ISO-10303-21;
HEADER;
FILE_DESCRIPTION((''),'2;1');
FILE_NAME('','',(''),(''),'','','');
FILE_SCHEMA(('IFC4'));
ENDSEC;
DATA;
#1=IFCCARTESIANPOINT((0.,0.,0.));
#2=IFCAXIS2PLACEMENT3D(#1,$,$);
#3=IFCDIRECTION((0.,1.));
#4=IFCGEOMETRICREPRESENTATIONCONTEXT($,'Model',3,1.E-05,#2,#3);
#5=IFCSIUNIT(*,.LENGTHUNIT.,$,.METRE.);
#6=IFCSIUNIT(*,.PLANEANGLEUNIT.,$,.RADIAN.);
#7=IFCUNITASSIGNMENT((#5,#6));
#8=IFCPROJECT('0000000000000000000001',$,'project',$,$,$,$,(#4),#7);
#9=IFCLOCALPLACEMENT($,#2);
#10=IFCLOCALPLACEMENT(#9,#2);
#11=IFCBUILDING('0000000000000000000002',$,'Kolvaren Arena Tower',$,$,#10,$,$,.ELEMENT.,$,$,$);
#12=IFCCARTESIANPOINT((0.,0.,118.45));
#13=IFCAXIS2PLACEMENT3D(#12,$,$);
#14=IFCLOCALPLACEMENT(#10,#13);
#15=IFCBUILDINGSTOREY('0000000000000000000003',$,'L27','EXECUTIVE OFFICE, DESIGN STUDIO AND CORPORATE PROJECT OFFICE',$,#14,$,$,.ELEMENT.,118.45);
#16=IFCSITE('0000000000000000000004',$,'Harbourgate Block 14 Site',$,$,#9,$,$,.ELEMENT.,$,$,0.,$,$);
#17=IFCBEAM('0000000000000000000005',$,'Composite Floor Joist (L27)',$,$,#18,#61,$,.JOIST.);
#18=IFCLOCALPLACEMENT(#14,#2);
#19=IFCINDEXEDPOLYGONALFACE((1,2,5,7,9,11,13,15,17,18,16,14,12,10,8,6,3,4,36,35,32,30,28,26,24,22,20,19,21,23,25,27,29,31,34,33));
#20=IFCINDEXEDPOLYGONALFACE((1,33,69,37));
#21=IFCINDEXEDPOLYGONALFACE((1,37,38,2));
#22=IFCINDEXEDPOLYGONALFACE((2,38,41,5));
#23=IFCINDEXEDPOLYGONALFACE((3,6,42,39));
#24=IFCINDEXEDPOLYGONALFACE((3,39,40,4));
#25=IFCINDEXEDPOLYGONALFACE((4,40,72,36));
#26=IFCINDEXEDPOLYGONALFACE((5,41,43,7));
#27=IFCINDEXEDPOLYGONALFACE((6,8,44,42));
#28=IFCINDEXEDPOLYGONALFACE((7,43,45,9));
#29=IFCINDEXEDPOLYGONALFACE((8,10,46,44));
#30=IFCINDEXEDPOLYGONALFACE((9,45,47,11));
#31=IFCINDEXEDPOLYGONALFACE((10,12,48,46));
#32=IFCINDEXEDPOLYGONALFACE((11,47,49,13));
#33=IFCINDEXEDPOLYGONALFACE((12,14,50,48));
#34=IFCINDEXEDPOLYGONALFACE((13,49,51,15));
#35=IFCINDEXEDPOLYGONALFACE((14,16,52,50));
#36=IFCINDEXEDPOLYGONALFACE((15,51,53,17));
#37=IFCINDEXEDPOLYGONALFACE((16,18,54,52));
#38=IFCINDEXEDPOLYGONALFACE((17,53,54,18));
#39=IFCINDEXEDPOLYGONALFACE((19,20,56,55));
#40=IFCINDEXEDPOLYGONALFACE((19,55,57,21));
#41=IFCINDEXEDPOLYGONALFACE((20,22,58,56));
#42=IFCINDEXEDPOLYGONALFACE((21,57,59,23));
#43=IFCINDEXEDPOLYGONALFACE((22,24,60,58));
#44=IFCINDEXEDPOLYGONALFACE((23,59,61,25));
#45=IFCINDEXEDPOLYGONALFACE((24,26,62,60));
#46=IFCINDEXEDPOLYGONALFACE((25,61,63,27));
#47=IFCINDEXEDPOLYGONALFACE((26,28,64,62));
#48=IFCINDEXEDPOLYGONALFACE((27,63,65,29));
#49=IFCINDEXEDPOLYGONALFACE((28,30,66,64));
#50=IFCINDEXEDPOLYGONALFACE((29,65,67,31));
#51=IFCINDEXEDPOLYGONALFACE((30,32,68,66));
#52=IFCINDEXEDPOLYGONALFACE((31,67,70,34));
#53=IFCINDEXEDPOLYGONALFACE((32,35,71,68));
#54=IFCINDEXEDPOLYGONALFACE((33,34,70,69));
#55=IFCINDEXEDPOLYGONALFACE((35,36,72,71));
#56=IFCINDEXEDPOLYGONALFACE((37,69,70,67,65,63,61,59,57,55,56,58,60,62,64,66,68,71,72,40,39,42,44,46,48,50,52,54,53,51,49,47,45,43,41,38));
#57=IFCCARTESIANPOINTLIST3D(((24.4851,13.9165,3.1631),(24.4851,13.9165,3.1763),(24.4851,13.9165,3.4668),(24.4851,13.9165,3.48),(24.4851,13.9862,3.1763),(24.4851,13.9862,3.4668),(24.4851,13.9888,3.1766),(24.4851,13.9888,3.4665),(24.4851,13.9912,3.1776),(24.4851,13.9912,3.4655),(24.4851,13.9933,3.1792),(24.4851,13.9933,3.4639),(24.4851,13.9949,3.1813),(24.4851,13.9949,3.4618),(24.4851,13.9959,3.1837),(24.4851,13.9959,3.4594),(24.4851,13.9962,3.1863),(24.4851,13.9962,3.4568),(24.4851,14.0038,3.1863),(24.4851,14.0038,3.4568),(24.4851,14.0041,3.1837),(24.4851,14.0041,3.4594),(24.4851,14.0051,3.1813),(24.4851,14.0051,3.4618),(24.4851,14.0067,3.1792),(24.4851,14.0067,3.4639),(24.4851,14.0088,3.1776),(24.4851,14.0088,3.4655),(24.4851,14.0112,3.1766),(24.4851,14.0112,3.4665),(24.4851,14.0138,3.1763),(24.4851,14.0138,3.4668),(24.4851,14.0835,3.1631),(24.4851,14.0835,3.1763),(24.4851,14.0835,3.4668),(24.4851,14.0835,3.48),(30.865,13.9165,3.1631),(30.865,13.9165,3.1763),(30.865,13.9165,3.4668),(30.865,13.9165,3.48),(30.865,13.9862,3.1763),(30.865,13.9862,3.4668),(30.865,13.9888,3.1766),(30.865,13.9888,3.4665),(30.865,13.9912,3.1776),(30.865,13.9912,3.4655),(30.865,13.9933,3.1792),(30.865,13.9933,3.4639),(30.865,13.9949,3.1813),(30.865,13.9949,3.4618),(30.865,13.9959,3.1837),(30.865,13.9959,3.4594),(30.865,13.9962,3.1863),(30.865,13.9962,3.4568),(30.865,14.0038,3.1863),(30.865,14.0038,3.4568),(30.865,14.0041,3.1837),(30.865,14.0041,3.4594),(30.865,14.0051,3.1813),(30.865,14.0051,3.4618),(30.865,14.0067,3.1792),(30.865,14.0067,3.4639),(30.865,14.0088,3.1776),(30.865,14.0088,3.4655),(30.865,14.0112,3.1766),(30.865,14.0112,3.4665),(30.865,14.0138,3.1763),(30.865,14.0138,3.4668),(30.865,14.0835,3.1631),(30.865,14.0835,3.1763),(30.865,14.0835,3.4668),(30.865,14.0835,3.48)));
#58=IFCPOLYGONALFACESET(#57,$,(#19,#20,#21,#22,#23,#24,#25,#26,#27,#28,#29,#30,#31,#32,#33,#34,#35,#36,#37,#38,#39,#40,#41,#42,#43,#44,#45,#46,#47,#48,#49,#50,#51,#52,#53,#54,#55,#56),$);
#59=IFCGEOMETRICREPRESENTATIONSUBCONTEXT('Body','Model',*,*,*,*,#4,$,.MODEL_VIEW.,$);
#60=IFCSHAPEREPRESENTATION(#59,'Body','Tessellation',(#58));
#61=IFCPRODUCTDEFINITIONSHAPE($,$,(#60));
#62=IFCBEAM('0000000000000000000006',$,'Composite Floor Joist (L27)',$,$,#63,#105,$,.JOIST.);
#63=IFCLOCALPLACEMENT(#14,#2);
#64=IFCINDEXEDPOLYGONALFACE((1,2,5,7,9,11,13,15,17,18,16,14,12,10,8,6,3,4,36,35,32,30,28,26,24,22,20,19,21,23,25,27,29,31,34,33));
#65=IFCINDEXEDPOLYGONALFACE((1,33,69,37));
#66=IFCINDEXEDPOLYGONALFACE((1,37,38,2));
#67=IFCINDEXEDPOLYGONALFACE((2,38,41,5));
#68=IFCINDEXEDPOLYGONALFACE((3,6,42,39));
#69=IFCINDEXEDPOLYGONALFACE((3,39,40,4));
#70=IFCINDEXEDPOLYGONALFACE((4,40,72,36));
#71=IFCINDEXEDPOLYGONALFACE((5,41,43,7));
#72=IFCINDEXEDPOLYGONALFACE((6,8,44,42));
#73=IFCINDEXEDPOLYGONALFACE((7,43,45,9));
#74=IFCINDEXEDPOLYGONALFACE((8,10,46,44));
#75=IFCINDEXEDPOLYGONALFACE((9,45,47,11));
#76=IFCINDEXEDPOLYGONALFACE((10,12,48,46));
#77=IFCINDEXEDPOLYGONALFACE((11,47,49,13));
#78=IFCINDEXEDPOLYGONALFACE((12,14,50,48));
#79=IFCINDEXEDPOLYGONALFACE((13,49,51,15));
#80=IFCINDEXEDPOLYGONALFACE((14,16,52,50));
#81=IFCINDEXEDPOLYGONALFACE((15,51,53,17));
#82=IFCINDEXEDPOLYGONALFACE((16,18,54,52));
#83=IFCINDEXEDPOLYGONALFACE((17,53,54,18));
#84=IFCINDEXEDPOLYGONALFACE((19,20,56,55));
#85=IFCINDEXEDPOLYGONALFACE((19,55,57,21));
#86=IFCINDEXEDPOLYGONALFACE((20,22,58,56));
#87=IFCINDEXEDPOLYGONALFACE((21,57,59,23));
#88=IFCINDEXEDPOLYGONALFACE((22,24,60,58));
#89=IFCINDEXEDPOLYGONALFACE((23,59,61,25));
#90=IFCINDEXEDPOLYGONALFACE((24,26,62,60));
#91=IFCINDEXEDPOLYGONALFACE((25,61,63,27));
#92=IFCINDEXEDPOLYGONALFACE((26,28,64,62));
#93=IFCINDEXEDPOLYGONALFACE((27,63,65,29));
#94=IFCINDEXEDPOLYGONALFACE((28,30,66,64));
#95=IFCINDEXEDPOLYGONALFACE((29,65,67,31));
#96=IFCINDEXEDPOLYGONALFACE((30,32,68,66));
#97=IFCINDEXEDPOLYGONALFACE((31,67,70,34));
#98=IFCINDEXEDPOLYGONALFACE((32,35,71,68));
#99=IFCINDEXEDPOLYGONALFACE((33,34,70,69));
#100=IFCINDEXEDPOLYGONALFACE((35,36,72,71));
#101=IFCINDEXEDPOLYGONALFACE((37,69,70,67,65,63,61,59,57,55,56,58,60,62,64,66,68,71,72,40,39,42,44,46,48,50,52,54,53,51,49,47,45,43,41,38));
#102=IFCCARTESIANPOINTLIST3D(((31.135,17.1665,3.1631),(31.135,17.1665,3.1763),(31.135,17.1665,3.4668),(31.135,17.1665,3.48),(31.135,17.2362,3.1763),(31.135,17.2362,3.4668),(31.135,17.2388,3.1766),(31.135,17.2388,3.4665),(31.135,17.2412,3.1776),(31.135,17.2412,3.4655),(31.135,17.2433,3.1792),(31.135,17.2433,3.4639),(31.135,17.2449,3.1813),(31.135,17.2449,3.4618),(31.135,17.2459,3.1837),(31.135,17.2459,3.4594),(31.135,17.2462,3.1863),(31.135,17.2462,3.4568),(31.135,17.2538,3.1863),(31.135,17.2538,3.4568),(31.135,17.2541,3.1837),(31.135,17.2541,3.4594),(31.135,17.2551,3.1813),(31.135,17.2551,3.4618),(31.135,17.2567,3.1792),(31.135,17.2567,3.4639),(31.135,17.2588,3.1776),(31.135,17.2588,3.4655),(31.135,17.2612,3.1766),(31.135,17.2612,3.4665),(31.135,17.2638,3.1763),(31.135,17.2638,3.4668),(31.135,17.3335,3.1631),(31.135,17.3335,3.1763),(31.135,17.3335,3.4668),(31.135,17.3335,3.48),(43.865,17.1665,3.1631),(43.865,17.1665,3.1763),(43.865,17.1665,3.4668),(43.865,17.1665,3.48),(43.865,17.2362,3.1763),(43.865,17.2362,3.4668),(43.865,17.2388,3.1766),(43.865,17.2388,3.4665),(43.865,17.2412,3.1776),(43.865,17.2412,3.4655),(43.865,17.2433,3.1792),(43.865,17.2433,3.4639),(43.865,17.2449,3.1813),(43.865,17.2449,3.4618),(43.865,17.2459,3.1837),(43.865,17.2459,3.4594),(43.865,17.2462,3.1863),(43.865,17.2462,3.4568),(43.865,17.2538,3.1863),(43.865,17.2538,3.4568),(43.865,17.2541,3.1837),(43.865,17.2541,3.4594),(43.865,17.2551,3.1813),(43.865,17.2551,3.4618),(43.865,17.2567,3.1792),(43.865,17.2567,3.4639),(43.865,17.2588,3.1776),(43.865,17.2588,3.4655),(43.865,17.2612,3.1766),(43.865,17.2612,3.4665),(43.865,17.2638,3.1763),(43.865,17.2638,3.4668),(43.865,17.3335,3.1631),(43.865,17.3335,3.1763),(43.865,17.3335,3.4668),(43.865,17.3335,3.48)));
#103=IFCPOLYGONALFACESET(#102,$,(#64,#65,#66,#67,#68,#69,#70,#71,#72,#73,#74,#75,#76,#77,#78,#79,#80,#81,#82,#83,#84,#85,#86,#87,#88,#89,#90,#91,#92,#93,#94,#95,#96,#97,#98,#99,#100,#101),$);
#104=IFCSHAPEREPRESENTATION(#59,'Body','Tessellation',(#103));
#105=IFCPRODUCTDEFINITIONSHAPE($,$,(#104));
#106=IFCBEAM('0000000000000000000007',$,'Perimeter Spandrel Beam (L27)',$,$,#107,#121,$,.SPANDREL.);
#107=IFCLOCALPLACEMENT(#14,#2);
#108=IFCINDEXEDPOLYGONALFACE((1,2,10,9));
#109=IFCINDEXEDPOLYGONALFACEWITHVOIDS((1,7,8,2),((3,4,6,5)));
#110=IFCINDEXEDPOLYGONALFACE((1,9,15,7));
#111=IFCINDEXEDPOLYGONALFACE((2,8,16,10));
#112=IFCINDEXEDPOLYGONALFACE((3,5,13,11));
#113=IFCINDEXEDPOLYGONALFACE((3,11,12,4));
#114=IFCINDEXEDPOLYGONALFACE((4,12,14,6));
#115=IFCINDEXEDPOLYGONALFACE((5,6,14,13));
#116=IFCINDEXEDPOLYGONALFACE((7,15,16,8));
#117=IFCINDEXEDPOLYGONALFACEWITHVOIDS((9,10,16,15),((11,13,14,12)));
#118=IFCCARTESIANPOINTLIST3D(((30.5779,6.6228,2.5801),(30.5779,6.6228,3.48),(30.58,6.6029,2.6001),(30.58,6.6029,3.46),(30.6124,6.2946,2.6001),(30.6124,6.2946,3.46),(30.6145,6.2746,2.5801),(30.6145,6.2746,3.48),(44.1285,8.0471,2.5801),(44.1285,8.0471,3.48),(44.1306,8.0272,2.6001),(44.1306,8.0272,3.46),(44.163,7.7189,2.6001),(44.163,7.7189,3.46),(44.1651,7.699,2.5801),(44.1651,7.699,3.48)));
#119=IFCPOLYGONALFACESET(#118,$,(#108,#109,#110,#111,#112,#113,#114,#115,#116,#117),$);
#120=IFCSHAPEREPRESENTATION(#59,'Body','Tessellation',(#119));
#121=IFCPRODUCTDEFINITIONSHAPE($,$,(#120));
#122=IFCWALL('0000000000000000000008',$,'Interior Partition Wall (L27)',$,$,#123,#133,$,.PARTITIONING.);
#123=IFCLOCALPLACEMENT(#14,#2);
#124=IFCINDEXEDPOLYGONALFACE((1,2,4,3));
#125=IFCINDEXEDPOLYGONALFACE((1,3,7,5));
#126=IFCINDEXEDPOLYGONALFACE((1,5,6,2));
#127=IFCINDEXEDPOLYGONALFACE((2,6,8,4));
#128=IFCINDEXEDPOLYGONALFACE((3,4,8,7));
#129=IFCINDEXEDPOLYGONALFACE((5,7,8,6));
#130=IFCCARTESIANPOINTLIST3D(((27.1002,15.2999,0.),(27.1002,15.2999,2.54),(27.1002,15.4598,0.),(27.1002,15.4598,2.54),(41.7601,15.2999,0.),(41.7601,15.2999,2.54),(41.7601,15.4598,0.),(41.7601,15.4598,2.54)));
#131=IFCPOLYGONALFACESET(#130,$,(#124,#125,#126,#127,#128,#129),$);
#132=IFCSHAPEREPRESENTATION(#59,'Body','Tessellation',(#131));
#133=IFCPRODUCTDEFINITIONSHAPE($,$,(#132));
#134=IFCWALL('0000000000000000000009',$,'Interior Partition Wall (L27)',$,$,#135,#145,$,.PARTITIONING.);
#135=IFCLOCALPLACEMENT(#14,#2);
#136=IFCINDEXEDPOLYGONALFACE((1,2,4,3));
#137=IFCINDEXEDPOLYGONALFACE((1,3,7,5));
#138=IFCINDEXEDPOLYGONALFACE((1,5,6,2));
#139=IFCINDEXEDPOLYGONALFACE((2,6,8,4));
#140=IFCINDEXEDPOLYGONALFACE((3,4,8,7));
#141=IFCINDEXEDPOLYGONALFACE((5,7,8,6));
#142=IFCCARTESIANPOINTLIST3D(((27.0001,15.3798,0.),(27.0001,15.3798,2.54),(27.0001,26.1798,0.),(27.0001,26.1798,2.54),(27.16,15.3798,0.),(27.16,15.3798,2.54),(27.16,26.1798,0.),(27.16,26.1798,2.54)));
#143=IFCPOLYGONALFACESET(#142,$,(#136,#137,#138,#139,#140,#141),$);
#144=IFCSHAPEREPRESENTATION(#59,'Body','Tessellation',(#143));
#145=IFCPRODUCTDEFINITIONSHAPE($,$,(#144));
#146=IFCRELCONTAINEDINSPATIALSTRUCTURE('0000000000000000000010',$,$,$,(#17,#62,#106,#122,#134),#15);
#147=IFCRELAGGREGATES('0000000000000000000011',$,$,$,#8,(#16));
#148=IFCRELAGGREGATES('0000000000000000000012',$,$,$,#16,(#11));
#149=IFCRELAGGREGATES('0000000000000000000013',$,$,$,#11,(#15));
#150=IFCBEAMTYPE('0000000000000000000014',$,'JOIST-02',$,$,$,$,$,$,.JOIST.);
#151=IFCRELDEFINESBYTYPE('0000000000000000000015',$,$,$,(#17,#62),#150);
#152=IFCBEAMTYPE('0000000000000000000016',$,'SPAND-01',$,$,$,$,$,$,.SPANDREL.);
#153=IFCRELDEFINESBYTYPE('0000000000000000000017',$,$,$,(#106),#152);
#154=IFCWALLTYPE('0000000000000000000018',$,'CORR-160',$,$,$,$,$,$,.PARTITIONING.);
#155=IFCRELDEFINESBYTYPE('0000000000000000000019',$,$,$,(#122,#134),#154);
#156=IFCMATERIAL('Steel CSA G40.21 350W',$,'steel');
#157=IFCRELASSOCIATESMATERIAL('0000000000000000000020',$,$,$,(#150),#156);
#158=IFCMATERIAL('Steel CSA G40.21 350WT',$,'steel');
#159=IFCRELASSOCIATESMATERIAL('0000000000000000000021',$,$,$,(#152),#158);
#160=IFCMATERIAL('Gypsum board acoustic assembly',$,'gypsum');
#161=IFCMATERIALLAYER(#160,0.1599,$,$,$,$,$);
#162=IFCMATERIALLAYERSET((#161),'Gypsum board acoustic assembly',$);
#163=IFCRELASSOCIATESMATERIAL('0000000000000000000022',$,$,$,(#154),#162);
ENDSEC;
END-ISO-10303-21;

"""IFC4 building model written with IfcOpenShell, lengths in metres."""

from ifc_helpers import new_model, si_unit, direction, frame, frame_2d, origin, origin_2d, place, context, subcontext, project, spatial, rectangle, hollow_rectangle, i_section, extrude, material, layer, layer_set, material_profile, profile_set, type_object, element, save


model = new_model("IFC4")

# Units and contexts
model_context = context("Model", 3, precision=1e-05, world=origin(), true_north=direction((0.0, 1.0)))
body_context = subcontext(model_context, "Body", "Model", "MODEL_VIEW")
ifc_project = project(units=[si_unit("LENGTHUNIT", "METRE"), si_unit("PLANEANGLEUNIT", "RADIAN")], contexts=[model_context])

# Site, building, storey
site_placement = place(None, origin())
site = spatial("IfcSite", under=ifc_project, at=site_placement, Name="Harbourgate Block 14 Site", CompositionType="ELEMENT", RefElevation=0.0)
building_placement = place(site_placement, origin())
building = spatial("IfcBuilding", under=site, at=building_placement, Name="Kolvaren Arena Tower", CompositionType="ELEMENT")
storey_placement = place(building_placement, frame((0.0, 0.0, 118.45)))
storey = spatial("IfcBuildingStorey", under=building, at=storey_placement, Name="L27", Description="EXECUTIVE OFFICE, DESIGN STUDIO AND CORPORATE PROJECT OFFICE", CompositionType="ELEMENT", Elevation=118.45)

# Beams
ifc_material_1 = material(Name="Steel CSA G40.21 350W", Category="steel")
ifc_material_profile_1 = material_profile(ifc_material_1, i_section(OverallWidth=0.167, OverallDepth=0.3169, WebThickness=0.0076, FlangeThickness=0.0132, FilletRadius=0.01, at=origin_2d()), Name="W310x52")
ifc_profile_set_1 = profile_set([ifc_material_profile_1], Name="Steel CSA G40.21 350W")
beam_type_1 = type_object("IfcBeamType", Name="JOIST-02", PredefinedType="JOIST", material=ifc_profile_set_1)
beam_1_placement = place(storey_placement, frame((24.4851, 14.0, 3.3215), z_axis=(1.0, 0.0, 0.0), x_axis=(0.0, 1.0, 0.0)))
element("IfcBeam", 1, at=beam_1_placement, inside=storey, type_object=beam_type_1, Name="Composite Floor Joist (L27)", PredefinedType="JOIST", context=body_context, shape_type="SweptSolid", body=[
    extrude(i_section(OverallWidth=0.167, OverallDepth=0.3169, WebThickness=0.0076, FlangeThickness=0.0132, FilletRadius=0.01, at=origin_2d()), origin(), (0.0, 0.0, 1.0), 6.3799),
])
beam_2_placement = place(storey_placement, frame((31.135, 17.25, 3.3215), z_axis=(1.0, 0.0, 0.0), x_axis=(0.0, 1.0, 0.0)))
element("IfcBeam", 2, at=beam_2_placement, inside=storey, type_object=beam_type_1, Name="Composite Floor Joist (L27)", PredefinedType="JOIST", context=body_context, shape_type="SweptSolid", body=[
    extrude(i_section(OverallWidth=0.167, OverallDepth=0.3169, WebThickness=0.0076, FlangeThickness=0.0132, FilletRadius=0.01, at=origin_2d()), origin(), (0.0, 0.0, 1.0), 12.73),
])
ifc_material_2 = material(Name="Steel CSA G40.21 350WT", Category="steel")
ifc_material_profile_2 = material_profile(ifc_material_2, hollow_rectangle(XDim=0.3501, YDim=0.8999, WallThickness=0.02, at=origin_2d()), Name="HSS 900x350x20")
ifc_profile_set_2 = profile_set([ifc_material_profile_2], Name="Steel CSA G40.21 350WT")
beam_type_2 = type_object("IfcBeamType", Name="SPAND-01", PredefinedType="SPANDREL", material=ifc_profile_set_2)
beam_3_placement = place(storey_placement, frame((30.5962, 6.4487, 3.03), z_axis=(0.994521, 0.104536, 0.0), x_axis=(-0.104536, 0.994521, 0.0)))
element("IfcBeam", 3, at=beam_3_placement, inside=storey, type_object=beam_type_2, Name="Perimeter Spandrel Beam (L27)", PredefinedType="SPANDREL", context=body_context, shape_type="SweptSolid", body=[
    extrude(hollow_rectangle(XDim=0.3501, YDim=0.8999, WallThickness=0.02, at=origin_2d()), origin(), (0.0, 0.0, 1.0), 13.6252),
])

# Walls
ifc_material_3 = material(Name="Gypsum board acoustic assembly", Category="gypsum")
ifc_layer_1 = layer(ifc_material_3, 0.1599)
ifc_layer_set_1 = layer_set([ifc_layer_1], Name="Gypsum board acoustic assembly")
wall_type_1 = type_object("IfcWallType", Name="CORR-160", PredefinedType="PARTITIONING", material=ifc_layer_set_1)
wall_1_placement = place(storey_placement, frame((27.1001, 15.3799, 0.0), z_axis=(0.0, 0.0, 1.0), x_axis=(1.0, 0.0, 0.0)))
element("IfcWall", 4, at=wall_1_placement, inside=storey, type_object=wall_type_1, Name="Interior Partition Wall (L27)", PredefinedType="PARTITIONING", context=body_context, shape_type="SweptSolid", body=[
    extrude(rectangle(XDim=14.6599, YDim=0.1599, at=frame_2d((7.3301, 0.0))), origin(), (0.0, 0.0, 1.0), 2.54),
])
wall_2_placement = place(storey_placement, frame((27.0801, 15.3799, 0.0), z_axis=(0.0, 0.0, 1.0), x_axis=(0.0, 1.0, 0.0)))
element("IfcWall", 5, at=wall_2_placement, inside=storey, type_object=wall_type_1, Name="Interior Partition Wall (L27)", PredefinedType="PARTITIONING", context=body_context, shape_type="SweptSolid", body=[
    extrude(rectangle(XDim=10.8, YDim=0.1599, at=frame_2d((5.3999, 0.0))), origin(), (0.0, 0.0, 1.0), 2.54),
])

save(model, "model.ifc")
